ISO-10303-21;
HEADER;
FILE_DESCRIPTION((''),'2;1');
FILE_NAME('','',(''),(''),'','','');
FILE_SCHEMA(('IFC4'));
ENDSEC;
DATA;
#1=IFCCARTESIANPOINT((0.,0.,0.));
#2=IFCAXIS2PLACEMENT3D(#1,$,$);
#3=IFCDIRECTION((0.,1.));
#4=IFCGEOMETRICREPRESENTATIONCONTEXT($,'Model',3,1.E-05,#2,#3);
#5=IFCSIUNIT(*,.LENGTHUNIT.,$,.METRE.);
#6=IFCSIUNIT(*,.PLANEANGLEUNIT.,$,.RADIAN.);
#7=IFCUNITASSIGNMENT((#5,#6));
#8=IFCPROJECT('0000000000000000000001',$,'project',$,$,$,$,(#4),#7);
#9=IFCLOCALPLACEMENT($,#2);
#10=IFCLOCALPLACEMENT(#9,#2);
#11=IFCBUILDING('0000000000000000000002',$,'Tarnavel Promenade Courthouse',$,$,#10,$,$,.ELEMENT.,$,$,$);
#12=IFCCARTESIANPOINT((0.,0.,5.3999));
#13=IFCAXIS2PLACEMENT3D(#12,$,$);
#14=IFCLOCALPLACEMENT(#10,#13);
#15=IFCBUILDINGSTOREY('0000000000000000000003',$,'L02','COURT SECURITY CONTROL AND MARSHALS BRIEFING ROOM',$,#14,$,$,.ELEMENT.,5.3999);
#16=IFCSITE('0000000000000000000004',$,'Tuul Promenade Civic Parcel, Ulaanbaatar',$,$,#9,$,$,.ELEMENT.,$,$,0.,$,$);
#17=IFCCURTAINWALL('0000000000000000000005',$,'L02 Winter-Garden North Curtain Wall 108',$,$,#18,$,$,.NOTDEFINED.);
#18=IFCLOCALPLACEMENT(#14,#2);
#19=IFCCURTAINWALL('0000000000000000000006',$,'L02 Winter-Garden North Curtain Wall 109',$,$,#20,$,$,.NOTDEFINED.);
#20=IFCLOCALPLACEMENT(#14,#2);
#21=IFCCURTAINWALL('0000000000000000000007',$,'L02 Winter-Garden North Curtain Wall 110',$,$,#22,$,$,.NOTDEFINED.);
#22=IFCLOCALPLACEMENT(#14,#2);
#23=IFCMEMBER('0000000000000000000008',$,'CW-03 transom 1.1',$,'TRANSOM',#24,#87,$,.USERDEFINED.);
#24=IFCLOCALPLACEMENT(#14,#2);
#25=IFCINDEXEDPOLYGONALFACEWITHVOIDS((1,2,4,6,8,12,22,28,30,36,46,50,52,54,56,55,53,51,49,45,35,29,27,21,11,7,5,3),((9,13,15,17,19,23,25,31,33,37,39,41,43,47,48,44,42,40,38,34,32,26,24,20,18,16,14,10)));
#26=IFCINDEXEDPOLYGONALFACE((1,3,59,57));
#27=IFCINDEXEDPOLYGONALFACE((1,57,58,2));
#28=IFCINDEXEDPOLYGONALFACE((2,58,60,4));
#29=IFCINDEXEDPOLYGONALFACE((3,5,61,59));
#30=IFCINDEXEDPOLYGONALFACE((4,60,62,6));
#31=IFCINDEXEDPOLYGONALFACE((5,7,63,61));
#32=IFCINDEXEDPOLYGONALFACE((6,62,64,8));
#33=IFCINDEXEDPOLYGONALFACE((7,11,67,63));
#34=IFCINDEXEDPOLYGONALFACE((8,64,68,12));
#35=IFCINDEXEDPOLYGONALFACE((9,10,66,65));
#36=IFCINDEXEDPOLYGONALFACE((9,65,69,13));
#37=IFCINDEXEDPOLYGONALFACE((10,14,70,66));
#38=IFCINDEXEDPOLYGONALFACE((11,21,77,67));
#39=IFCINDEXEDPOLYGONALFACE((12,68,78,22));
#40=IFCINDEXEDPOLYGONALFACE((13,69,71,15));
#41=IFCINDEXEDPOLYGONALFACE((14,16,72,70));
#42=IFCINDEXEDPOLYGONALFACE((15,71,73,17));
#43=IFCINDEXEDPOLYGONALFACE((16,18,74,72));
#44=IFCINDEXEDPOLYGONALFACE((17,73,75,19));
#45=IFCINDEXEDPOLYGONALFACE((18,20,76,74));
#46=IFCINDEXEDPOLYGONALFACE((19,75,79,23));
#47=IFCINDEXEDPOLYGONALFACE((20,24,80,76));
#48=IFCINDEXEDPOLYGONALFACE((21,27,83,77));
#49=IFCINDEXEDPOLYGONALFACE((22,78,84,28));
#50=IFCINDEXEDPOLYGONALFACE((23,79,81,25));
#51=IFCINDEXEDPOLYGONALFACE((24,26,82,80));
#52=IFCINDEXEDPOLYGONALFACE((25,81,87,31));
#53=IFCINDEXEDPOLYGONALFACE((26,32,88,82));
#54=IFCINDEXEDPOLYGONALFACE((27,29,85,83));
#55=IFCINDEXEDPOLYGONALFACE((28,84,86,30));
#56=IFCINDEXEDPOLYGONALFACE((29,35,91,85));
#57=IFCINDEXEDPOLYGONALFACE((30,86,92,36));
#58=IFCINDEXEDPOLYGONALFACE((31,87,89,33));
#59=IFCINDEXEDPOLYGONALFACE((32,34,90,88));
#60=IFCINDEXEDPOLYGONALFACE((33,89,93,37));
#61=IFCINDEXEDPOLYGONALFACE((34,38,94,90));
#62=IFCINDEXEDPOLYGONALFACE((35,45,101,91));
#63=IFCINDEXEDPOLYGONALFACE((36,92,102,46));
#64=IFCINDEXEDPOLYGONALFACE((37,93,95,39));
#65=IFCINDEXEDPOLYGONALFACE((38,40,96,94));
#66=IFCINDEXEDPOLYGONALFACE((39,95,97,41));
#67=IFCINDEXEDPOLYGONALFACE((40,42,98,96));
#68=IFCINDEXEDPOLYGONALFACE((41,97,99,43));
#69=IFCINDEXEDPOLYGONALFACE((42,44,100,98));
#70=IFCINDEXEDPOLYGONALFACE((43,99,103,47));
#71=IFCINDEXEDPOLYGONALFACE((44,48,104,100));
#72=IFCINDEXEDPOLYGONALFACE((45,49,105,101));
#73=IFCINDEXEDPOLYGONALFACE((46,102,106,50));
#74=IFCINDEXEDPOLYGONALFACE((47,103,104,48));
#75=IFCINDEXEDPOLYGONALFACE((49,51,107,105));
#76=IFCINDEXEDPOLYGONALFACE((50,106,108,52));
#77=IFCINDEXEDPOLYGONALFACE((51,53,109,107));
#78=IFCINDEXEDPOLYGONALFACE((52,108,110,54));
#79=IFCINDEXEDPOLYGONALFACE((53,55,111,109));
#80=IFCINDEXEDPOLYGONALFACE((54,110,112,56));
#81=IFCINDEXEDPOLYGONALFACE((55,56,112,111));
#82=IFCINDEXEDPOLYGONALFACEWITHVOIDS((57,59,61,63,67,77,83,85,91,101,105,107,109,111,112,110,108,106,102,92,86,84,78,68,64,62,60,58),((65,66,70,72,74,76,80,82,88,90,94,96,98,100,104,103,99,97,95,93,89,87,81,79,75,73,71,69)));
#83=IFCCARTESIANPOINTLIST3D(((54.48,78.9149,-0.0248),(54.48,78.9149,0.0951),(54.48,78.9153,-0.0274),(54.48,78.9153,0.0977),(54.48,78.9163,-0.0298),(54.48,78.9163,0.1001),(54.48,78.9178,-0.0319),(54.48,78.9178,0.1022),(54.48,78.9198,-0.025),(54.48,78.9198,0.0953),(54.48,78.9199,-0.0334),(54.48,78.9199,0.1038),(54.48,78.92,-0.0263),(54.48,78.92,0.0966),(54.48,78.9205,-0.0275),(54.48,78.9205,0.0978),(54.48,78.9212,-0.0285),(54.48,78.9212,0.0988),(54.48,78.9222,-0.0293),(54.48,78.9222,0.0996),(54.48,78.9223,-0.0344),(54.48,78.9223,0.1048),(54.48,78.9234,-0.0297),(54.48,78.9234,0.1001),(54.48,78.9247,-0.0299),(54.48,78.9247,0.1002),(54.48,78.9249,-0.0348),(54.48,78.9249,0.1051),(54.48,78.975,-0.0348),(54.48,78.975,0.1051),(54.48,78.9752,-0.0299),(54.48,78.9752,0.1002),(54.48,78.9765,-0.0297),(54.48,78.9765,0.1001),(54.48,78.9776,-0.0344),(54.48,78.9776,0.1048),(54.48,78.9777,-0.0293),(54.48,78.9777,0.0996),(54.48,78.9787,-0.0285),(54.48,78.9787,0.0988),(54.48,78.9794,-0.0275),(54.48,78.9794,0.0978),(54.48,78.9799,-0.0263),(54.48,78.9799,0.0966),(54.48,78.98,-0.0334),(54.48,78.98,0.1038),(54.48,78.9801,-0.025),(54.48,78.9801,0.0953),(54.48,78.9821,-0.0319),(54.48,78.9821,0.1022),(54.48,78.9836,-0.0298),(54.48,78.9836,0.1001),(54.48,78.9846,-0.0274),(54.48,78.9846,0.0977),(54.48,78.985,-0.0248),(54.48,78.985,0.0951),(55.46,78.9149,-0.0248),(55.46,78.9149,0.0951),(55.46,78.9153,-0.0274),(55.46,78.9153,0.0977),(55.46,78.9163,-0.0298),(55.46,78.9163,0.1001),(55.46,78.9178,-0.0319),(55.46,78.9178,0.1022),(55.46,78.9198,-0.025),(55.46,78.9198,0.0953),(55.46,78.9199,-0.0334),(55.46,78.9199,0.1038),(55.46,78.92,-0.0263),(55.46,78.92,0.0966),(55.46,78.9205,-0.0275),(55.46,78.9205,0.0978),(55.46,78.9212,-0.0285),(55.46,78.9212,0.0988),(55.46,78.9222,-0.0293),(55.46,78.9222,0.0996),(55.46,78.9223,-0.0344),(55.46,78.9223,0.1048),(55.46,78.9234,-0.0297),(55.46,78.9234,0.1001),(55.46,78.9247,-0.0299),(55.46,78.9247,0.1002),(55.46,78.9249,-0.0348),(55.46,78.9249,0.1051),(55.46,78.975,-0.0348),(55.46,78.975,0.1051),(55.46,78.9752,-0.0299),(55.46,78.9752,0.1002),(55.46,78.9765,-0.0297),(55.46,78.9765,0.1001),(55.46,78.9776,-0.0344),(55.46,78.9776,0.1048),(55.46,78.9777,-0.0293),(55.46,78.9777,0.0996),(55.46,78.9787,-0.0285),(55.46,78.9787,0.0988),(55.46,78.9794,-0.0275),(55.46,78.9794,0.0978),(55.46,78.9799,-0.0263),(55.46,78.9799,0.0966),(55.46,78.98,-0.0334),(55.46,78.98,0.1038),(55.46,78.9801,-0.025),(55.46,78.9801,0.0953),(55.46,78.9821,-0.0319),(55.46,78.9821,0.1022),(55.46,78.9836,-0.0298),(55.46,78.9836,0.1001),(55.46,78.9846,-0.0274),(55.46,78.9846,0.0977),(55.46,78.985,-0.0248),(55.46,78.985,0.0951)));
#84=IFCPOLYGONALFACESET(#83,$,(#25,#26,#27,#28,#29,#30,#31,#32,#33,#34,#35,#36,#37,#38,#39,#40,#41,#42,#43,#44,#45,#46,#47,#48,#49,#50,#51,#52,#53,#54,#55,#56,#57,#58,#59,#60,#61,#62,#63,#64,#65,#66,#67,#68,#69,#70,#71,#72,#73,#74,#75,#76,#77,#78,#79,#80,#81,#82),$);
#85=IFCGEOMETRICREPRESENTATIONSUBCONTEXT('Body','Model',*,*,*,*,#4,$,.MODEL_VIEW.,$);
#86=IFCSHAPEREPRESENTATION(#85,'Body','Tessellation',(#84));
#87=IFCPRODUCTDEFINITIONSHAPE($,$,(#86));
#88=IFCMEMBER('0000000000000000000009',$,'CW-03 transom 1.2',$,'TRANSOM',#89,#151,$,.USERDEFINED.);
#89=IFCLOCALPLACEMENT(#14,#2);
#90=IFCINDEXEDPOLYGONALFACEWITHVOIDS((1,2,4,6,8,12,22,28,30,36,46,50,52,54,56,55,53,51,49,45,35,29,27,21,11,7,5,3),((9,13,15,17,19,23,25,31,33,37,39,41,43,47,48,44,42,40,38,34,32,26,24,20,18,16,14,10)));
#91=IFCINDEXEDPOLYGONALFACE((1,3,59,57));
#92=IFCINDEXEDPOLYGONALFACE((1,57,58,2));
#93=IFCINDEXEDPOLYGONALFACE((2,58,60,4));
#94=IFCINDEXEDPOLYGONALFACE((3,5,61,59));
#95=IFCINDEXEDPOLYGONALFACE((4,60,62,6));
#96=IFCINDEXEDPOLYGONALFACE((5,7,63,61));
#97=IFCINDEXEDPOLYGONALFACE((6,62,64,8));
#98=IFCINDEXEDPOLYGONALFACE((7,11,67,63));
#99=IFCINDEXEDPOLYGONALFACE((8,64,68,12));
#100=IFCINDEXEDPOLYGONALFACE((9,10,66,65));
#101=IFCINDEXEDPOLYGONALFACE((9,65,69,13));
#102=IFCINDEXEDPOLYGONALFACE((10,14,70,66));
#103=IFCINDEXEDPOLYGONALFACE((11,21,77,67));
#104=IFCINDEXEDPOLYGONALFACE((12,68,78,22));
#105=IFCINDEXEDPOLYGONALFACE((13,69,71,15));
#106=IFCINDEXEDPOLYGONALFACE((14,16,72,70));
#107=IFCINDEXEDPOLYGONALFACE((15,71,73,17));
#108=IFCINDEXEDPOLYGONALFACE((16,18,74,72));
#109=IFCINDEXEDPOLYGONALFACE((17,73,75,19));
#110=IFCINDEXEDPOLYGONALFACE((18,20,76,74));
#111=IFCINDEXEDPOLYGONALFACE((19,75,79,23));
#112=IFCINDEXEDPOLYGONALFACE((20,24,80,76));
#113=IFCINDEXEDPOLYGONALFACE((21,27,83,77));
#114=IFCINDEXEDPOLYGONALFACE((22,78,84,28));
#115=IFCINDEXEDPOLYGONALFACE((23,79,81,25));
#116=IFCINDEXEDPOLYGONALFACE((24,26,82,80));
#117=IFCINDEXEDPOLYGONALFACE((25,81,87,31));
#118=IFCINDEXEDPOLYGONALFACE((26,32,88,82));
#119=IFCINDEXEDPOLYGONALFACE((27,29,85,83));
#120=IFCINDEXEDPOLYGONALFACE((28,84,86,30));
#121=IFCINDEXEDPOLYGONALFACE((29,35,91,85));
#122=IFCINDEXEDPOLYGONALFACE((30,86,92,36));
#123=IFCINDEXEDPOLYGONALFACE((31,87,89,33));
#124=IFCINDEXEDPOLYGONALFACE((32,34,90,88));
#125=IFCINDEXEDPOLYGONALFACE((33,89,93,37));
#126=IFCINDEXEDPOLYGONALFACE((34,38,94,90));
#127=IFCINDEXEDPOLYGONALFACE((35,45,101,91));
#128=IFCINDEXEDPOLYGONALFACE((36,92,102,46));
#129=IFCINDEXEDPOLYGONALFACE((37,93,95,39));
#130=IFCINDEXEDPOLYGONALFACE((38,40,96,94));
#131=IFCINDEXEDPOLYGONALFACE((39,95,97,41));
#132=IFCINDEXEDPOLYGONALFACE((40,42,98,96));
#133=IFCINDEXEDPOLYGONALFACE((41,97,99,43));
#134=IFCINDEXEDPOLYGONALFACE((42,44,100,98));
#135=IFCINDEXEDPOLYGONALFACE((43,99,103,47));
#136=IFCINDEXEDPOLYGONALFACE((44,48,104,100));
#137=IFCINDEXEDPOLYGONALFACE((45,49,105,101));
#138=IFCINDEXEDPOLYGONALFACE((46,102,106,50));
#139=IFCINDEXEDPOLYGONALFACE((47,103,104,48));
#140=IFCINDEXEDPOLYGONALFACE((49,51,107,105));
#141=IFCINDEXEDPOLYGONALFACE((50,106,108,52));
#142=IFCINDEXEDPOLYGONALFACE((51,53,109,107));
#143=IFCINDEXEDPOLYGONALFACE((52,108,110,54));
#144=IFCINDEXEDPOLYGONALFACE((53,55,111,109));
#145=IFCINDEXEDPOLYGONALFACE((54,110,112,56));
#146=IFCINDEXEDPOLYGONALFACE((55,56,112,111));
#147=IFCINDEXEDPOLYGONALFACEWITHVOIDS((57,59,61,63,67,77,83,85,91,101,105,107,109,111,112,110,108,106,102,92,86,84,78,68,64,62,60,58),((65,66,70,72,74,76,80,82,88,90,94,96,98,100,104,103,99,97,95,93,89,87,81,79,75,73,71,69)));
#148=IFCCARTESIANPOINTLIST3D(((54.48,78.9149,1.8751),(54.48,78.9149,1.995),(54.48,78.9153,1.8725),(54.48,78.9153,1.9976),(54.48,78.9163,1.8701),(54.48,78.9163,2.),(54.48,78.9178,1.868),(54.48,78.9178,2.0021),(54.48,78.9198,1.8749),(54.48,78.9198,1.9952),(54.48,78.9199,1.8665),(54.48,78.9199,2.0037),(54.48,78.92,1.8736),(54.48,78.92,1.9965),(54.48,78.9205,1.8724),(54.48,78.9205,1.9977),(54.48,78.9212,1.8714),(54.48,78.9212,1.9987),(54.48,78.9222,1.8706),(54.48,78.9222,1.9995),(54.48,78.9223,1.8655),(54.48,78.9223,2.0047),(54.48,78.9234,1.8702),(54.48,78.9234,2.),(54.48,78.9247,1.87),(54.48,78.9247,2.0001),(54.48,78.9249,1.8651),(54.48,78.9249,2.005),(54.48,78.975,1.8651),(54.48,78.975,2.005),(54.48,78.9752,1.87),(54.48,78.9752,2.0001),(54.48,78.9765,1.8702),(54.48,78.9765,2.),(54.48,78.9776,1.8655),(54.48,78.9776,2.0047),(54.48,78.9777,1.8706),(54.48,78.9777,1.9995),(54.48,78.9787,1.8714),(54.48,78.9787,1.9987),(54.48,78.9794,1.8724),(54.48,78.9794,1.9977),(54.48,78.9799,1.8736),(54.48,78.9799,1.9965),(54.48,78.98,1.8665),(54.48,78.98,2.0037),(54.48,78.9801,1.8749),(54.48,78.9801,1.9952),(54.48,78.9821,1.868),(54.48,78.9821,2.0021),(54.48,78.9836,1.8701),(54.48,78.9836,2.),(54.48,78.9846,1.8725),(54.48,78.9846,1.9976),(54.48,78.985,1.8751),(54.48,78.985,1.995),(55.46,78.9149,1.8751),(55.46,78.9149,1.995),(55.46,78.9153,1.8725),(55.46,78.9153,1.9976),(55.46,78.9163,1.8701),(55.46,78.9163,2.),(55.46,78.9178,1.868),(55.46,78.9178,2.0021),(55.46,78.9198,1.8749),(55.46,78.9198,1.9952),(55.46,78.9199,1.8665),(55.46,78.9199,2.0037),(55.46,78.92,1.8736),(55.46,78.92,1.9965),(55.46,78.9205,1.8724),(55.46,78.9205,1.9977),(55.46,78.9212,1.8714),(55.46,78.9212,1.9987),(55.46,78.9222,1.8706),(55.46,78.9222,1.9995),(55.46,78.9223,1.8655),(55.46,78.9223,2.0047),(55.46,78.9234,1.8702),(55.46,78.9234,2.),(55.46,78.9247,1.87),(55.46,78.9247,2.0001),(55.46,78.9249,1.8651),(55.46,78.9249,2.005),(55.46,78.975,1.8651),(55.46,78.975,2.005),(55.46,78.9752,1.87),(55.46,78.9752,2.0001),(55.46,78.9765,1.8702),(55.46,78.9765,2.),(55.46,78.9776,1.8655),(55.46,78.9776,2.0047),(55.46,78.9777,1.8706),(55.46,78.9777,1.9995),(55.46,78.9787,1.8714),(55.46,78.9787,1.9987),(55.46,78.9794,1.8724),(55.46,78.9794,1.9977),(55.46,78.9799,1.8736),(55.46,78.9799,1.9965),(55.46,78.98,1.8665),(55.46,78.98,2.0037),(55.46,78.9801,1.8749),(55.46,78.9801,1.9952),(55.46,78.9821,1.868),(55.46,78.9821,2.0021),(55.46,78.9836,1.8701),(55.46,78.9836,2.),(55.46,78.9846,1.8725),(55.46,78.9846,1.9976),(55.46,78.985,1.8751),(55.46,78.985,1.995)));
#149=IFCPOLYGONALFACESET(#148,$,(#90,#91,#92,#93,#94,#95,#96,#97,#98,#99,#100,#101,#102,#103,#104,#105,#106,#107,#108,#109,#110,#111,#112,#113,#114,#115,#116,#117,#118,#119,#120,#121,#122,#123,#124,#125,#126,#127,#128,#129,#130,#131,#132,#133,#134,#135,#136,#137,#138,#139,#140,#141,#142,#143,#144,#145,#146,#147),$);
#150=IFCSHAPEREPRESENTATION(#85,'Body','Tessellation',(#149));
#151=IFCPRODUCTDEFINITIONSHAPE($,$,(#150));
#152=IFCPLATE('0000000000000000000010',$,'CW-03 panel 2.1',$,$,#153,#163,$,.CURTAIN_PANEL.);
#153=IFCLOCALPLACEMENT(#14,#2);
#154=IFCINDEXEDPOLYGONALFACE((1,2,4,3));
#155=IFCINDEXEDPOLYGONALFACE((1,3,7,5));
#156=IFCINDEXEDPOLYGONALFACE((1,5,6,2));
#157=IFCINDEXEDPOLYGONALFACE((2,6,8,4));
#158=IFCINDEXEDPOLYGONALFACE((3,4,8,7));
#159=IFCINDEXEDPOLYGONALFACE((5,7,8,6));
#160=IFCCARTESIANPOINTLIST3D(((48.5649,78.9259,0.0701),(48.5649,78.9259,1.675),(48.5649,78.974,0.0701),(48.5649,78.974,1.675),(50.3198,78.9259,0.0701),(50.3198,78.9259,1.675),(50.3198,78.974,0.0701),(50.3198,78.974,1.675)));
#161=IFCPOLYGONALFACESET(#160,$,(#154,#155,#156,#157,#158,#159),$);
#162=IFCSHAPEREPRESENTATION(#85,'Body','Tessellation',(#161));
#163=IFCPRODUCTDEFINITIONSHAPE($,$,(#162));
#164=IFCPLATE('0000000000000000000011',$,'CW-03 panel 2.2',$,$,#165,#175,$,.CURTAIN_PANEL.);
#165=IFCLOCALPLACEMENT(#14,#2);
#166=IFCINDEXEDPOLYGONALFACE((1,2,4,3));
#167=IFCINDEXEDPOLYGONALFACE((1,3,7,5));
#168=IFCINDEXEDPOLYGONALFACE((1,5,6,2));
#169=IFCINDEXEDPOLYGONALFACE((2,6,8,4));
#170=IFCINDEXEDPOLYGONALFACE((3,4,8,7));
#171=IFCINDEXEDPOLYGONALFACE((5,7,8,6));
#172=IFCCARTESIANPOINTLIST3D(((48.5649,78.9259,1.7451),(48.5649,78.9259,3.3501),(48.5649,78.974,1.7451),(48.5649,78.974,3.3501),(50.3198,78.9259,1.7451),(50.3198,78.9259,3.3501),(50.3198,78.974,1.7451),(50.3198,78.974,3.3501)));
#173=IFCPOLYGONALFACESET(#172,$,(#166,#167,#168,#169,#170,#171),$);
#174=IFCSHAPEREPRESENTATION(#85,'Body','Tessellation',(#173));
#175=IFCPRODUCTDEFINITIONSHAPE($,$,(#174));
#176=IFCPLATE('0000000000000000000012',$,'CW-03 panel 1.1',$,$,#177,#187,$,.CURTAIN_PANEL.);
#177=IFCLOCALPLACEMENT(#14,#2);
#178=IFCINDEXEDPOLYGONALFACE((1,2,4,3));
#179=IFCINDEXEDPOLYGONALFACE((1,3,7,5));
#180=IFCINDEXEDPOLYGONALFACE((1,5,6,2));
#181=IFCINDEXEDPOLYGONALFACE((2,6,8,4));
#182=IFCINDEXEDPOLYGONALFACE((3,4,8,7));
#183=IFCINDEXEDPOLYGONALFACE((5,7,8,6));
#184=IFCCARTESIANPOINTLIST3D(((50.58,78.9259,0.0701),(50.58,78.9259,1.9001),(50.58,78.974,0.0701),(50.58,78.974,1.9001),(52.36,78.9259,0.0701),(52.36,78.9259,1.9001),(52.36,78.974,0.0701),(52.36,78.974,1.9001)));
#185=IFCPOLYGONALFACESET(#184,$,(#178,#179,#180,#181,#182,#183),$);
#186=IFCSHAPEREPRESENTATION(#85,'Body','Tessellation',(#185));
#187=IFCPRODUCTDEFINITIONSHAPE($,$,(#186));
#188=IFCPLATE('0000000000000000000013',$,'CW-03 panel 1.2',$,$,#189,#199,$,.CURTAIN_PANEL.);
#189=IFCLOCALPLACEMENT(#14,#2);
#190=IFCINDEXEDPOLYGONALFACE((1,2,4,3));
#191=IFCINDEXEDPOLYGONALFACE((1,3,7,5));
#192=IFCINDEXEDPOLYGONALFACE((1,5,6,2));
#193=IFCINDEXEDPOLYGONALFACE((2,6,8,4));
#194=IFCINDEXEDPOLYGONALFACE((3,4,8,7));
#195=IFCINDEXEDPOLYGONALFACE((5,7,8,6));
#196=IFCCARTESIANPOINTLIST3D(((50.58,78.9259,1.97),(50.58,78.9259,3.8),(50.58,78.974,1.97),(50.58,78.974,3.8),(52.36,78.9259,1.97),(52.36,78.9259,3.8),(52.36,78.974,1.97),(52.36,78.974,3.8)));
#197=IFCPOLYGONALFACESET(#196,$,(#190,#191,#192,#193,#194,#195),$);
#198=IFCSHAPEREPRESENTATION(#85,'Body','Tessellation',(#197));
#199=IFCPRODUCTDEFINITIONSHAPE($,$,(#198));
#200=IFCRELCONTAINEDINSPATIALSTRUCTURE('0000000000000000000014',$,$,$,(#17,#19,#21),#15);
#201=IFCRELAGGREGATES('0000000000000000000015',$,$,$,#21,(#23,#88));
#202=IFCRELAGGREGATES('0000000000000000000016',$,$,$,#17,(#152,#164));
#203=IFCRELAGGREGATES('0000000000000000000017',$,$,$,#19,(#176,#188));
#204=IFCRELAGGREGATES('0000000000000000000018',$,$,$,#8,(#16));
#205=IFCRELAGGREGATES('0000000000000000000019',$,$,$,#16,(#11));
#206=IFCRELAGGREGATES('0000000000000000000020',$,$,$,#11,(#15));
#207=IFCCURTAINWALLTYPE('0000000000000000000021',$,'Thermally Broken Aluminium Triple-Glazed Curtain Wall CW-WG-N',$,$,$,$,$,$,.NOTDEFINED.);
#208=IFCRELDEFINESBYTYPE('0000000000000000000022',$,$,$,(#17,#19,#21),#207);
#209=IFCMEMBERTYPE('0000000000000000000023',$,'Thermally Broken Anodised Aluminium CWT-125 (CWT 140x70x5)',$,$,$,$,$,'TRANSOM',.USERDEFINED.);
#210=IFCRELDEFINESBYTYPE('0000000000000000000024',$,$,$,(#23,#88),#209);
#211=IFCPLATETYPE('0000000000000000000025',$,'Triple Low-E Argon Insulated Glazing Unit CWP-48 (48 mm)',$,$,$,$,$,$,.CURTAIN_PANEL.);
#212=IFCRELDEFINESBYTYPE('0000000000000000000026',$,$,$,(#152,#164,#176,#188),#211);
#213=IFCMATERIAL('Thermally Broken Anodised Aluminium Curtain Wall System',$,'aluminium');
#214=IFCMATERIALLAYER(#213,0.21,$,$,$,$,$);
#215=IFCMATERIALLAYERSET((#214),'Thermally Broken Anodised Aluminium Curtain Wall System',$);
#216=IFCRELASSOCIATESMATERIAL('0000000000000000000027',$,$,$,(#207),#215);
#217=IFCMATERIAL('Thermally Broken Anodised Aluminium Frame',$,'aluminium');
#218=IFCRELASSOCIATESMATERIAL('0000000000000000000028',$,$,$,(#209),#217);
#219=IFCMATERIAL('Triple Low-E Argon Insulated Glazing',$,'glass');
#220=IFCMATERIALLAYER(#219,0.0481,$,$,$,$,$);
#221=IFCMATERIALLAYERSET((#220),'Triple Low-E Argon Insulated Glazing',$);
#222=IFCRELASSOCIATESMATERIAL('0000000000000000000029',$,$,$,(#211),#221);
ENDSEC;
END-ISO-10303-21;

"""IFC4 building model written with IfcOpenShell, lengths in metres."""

from ifc_helpers import new_model, si_unit, direction, frame, origin, origin_2d, place, context, subcontext, project, spatial, rectangle, hollow_rectangle, extrude, material, layer, layer_set, material_profile, profile_set, type_object, element, aggregate, save


model = new_model("IFC4")

# Units and contexts
model_context = context("Model", 3, precision=1e-05, world=origin(), true_north=direction((0.0, 1.0)))
body_context = subcontext(model_context, "Body", "Model", "MODEL_VIEW")
ifc_project = project(units=[si_unit("LENGTHUNIT", "METRE"), si_unit("PLANEANGLEUNIT", "RADIAN")], contexts=[model_context])

# Site, building, storey
site_placement = place(None, origin())
site = spatial("IfcSite", under=ifc_project, at=site_placement, Name="Tuul Promenade Civic Parcel, Ulaanbaatar", CompositionType="ELEMENT", RefElevation=0.0)
building_placement = place(site_placement, origin())
building = spatial("IfcBuilding", under=site, at=building_placement, Name="Tarnavel Promenade Courthouse", CompositionType="ELEMENT")
storey_placement = place(building_placement, frame((0.0, 0.0, 5.3999)))
storey = spatial("IfcBuildingStorey", under=building, at=storey_placement, Name="L02", Description="COURT SECURITY CONTROL AND MARSHALS BRIEFING ROOM", CompositionType="ELEMENT", Elevation=5.3999)

# Curtain wall
ifc_material_1 = material(Name="Thermally Broken Anodised Aluminium Curtain Wall System", Category="aluminium")
ifc_layer_1 = layer(ifc_material_1, 0.21)
ifc_layer_set_1 = layer_set([ifc_layer_1], Name="Thermally Broken Anodised Aluminium Curtain Wall System")
curtain_wall_type = type_object("IfcCurtainWallType", Name="Thermally Broken Aluminium Triple-Glazed Curtain Wall CW-WG-N", PredefinedType="NOTDEFINED", material=ifc_layer_set_1)
curtain_wall_1_placement = place(storey_placement, origin())
curtain_wall_1 = element("IfcCurtainWall", 1, at=curtain_wall_1_placement, inside=storey, type_object=curtain_wall_type, Name="L02 Winter-Garden North Curtain Wall 108", PredefinedType="NOTDEFINED")
ifc_material_2 = material(Name="Thermally Broken Anodised Aluminium Frame", Category="aluminium")

# Curtain wall
curtain_wall_2_placement = place(storey_placement, origin())
curtain_wall_2 = element("IfcCurtainWall", 2, at=curtain_wall_2_placement, inside=storey, type_object=curtain_wall_type, Name="L02 Winter-Garden North Curtain Wall 109", PredefinedType="NOTDEFINED")

# Curtain wall
curtain_wall_3_placement = place(storey_placement, origin())
curtain_wall_3 = element("IfcCurtainWall", 3, at=curtain_wall_3_placement, inside=storey, type_object=curtain_wall_type, Name="L02 Winter-Garden North Curtain Wall 110", PredefinedType="NOTDEFINED")

# Members
ifc_material_profile_1 = material_profile(ifc_material_2, hollow_rectangle(XDim=0.0701, YDim=0.1399, WallThickness=0.0049, InnerFilletRadius=0.0049, OuterFilletRadius=0.01, at=origin_2d()), Name="CWT 140x70x5")
ifc_profile_set_1 = profile_set([ifc_material_profile_1], Name="Thermally Broken Anodised Aluminium Frame")
member_type_1 = type_object("IfcMemberType", Name="Thermally Broken Anodised Aluminium CWT-125 (CWT 140x70x5)", ElementType="TRANSOM", PredefinedType="USERDEFINED", material=ifc_profile_set_1)
member_1_placement = place(storey_placement, frame((54.48, 78.95, 0.0352), z_axis=(1.0, 0.0, 0.0), x_axis=(0.0, 1.0, 0.0)))
member_1 = element("IfcMember", 4, at=member_1_placement, type_object=member_type_1, Name="CW-03 transom 1.1", ObjectType="TRANSOM", PredefinedType="USERDEFINED", context=body_context, shape_type="SweptSolid", body=[
    extrude(hollow_rectangle(XDim=0.0701, YDim=0.1399, WallThickness=0.0049, InnerFilletRadius=0.0049, OuterFilletRadius=0.01, at=origin_2d()), origin(), (0.0, 0.0, 1.0), 0.98),
])
member_2_placement = place(storey_placement, frame((54.48, 78.95, 1.9351), z_axis=(1.0, 0.0, 0.0), x_axis=(0.0, 1.0, 0.0)))
member_2 = element("IfcMember", 5, at=member_2_placement, type_object=member_type_1, Name="CW-03 transom 1.2", ObjectType="TRANSOM", PredefinedType="USERDEFINED", context=body_context, shape_type="SweptSolid", body=[
    extrude(hollow_rectangle(XDim=0.0701, YDim=0.1399, WallThickness=0.0049, InnerFilletRadius=0.0049, OuterFilletRadius=0.01, at=origin_2d()), origin(), (0.0, 0.0, 1.0), 0.98),
])
aggregate(curtain_wall_3, [member_1, member_2])

# Plates
ifc_material_3 = material(Name="Triple Low-E Argon Insulated Glazing", Category="glass")
ifc_layer_2 = layer(ifc_material_3, 0.0481)
ifc_layer_set_2 = layer_set([ifc_layer_2], Name="Triple Low-E Argon Insulated Glazing")
plate_type = type_object("IfcPlateType", Name="Triple Low-E Argon Insulated Glazing Unit CWP-48 (48 mm)", PredefinedType="CURTAIN_PANEL", material=ifc_layer_set_2)
plate_1_placement = place(storey_placement, frame((49.4424, 78.95, 0.0701), z_axis=(0.0, 0.0, 1.0), x_axis=(1.0, 0.0, 0.0)))
plate_1 = element("IfcPlate", 6, at=plate_1_placement, type_object=plate_type, Name="CW-03 panel 2.1", PredefinedType="CURTAIN_PANEL", context=body_context, shape_type="SweptSolid", body=[
    extrude(rectangle(XDim=1.7549, YDim=0.0481, at=origin_2d()), origin(), (0.0, 0.0, 1.0), 1.605),
])
plate_2_placement = place(storey_placement, frame((49.4424, 78.95, 1.7451), z_axis=(0.0, 0.0, 1.0), x_axis=(1.0, 0.0, 0.0)))
plate_2 = element("IfcPlate", 7, at=plate_2_placement, type_object=plate_type, Name="CW-03 panel 2.2", PredefinedType="CURTAIN_PANEL", context=body_context, shape_type="SweptSolid", body=[
    extrude(rectangle(XDim=1.7549, YDim=0.0481, at=origin_2d()), origin(), (0.0, 0.0, 1.0), 1.605),
])
aggregate(curtain_wall_1, [plate_1, plate_2])
plate_3_placement = place(storey_placement, frame((51.47, 78.95, 0.0701), z_axis=(0.0, 0.0, 1.0), x_axis=(1.0, 0.0, 0.0)))
plate_3 = element("IfcPlate", 8, at=plate_3_placement, type_object=plate_type, Name="CW-03 panel 1.1", PredefinedType="CURTAIN_PANEL", context=body_context, shape_type="SweptSolid", body=[
    extrude(rectangle(XDim=1.78, YDim=0.0481, at=origin_2d()), origin(), (0.0, 0.0, 1.0), 1.8301),
])
plate_4_placement = place(storey_placement, frame((51.47, 78.95, 1.97), z_axis=(0.0, 0.0, 1.0), x_axis=(1.0, 0.0, 0.0)))
plate_4 = element("IfcPlate", 9, at=plate_4_placement, type_object=plate_type, Name="CW-03 panel 1.2", PredefinedType="CURTAIN_PANEL", context=body_context, shape_type="SweptSolid", body=[
    extrude(rectangle(XDim=1.78, YDim=0.0481, at=origin_2d()), origin(), (0.0, 0.0, 1.0), 1.8301),
])
aggregate(curtain_wall_2, [plate_3, plate_4])

save(model, "model.ifc")
